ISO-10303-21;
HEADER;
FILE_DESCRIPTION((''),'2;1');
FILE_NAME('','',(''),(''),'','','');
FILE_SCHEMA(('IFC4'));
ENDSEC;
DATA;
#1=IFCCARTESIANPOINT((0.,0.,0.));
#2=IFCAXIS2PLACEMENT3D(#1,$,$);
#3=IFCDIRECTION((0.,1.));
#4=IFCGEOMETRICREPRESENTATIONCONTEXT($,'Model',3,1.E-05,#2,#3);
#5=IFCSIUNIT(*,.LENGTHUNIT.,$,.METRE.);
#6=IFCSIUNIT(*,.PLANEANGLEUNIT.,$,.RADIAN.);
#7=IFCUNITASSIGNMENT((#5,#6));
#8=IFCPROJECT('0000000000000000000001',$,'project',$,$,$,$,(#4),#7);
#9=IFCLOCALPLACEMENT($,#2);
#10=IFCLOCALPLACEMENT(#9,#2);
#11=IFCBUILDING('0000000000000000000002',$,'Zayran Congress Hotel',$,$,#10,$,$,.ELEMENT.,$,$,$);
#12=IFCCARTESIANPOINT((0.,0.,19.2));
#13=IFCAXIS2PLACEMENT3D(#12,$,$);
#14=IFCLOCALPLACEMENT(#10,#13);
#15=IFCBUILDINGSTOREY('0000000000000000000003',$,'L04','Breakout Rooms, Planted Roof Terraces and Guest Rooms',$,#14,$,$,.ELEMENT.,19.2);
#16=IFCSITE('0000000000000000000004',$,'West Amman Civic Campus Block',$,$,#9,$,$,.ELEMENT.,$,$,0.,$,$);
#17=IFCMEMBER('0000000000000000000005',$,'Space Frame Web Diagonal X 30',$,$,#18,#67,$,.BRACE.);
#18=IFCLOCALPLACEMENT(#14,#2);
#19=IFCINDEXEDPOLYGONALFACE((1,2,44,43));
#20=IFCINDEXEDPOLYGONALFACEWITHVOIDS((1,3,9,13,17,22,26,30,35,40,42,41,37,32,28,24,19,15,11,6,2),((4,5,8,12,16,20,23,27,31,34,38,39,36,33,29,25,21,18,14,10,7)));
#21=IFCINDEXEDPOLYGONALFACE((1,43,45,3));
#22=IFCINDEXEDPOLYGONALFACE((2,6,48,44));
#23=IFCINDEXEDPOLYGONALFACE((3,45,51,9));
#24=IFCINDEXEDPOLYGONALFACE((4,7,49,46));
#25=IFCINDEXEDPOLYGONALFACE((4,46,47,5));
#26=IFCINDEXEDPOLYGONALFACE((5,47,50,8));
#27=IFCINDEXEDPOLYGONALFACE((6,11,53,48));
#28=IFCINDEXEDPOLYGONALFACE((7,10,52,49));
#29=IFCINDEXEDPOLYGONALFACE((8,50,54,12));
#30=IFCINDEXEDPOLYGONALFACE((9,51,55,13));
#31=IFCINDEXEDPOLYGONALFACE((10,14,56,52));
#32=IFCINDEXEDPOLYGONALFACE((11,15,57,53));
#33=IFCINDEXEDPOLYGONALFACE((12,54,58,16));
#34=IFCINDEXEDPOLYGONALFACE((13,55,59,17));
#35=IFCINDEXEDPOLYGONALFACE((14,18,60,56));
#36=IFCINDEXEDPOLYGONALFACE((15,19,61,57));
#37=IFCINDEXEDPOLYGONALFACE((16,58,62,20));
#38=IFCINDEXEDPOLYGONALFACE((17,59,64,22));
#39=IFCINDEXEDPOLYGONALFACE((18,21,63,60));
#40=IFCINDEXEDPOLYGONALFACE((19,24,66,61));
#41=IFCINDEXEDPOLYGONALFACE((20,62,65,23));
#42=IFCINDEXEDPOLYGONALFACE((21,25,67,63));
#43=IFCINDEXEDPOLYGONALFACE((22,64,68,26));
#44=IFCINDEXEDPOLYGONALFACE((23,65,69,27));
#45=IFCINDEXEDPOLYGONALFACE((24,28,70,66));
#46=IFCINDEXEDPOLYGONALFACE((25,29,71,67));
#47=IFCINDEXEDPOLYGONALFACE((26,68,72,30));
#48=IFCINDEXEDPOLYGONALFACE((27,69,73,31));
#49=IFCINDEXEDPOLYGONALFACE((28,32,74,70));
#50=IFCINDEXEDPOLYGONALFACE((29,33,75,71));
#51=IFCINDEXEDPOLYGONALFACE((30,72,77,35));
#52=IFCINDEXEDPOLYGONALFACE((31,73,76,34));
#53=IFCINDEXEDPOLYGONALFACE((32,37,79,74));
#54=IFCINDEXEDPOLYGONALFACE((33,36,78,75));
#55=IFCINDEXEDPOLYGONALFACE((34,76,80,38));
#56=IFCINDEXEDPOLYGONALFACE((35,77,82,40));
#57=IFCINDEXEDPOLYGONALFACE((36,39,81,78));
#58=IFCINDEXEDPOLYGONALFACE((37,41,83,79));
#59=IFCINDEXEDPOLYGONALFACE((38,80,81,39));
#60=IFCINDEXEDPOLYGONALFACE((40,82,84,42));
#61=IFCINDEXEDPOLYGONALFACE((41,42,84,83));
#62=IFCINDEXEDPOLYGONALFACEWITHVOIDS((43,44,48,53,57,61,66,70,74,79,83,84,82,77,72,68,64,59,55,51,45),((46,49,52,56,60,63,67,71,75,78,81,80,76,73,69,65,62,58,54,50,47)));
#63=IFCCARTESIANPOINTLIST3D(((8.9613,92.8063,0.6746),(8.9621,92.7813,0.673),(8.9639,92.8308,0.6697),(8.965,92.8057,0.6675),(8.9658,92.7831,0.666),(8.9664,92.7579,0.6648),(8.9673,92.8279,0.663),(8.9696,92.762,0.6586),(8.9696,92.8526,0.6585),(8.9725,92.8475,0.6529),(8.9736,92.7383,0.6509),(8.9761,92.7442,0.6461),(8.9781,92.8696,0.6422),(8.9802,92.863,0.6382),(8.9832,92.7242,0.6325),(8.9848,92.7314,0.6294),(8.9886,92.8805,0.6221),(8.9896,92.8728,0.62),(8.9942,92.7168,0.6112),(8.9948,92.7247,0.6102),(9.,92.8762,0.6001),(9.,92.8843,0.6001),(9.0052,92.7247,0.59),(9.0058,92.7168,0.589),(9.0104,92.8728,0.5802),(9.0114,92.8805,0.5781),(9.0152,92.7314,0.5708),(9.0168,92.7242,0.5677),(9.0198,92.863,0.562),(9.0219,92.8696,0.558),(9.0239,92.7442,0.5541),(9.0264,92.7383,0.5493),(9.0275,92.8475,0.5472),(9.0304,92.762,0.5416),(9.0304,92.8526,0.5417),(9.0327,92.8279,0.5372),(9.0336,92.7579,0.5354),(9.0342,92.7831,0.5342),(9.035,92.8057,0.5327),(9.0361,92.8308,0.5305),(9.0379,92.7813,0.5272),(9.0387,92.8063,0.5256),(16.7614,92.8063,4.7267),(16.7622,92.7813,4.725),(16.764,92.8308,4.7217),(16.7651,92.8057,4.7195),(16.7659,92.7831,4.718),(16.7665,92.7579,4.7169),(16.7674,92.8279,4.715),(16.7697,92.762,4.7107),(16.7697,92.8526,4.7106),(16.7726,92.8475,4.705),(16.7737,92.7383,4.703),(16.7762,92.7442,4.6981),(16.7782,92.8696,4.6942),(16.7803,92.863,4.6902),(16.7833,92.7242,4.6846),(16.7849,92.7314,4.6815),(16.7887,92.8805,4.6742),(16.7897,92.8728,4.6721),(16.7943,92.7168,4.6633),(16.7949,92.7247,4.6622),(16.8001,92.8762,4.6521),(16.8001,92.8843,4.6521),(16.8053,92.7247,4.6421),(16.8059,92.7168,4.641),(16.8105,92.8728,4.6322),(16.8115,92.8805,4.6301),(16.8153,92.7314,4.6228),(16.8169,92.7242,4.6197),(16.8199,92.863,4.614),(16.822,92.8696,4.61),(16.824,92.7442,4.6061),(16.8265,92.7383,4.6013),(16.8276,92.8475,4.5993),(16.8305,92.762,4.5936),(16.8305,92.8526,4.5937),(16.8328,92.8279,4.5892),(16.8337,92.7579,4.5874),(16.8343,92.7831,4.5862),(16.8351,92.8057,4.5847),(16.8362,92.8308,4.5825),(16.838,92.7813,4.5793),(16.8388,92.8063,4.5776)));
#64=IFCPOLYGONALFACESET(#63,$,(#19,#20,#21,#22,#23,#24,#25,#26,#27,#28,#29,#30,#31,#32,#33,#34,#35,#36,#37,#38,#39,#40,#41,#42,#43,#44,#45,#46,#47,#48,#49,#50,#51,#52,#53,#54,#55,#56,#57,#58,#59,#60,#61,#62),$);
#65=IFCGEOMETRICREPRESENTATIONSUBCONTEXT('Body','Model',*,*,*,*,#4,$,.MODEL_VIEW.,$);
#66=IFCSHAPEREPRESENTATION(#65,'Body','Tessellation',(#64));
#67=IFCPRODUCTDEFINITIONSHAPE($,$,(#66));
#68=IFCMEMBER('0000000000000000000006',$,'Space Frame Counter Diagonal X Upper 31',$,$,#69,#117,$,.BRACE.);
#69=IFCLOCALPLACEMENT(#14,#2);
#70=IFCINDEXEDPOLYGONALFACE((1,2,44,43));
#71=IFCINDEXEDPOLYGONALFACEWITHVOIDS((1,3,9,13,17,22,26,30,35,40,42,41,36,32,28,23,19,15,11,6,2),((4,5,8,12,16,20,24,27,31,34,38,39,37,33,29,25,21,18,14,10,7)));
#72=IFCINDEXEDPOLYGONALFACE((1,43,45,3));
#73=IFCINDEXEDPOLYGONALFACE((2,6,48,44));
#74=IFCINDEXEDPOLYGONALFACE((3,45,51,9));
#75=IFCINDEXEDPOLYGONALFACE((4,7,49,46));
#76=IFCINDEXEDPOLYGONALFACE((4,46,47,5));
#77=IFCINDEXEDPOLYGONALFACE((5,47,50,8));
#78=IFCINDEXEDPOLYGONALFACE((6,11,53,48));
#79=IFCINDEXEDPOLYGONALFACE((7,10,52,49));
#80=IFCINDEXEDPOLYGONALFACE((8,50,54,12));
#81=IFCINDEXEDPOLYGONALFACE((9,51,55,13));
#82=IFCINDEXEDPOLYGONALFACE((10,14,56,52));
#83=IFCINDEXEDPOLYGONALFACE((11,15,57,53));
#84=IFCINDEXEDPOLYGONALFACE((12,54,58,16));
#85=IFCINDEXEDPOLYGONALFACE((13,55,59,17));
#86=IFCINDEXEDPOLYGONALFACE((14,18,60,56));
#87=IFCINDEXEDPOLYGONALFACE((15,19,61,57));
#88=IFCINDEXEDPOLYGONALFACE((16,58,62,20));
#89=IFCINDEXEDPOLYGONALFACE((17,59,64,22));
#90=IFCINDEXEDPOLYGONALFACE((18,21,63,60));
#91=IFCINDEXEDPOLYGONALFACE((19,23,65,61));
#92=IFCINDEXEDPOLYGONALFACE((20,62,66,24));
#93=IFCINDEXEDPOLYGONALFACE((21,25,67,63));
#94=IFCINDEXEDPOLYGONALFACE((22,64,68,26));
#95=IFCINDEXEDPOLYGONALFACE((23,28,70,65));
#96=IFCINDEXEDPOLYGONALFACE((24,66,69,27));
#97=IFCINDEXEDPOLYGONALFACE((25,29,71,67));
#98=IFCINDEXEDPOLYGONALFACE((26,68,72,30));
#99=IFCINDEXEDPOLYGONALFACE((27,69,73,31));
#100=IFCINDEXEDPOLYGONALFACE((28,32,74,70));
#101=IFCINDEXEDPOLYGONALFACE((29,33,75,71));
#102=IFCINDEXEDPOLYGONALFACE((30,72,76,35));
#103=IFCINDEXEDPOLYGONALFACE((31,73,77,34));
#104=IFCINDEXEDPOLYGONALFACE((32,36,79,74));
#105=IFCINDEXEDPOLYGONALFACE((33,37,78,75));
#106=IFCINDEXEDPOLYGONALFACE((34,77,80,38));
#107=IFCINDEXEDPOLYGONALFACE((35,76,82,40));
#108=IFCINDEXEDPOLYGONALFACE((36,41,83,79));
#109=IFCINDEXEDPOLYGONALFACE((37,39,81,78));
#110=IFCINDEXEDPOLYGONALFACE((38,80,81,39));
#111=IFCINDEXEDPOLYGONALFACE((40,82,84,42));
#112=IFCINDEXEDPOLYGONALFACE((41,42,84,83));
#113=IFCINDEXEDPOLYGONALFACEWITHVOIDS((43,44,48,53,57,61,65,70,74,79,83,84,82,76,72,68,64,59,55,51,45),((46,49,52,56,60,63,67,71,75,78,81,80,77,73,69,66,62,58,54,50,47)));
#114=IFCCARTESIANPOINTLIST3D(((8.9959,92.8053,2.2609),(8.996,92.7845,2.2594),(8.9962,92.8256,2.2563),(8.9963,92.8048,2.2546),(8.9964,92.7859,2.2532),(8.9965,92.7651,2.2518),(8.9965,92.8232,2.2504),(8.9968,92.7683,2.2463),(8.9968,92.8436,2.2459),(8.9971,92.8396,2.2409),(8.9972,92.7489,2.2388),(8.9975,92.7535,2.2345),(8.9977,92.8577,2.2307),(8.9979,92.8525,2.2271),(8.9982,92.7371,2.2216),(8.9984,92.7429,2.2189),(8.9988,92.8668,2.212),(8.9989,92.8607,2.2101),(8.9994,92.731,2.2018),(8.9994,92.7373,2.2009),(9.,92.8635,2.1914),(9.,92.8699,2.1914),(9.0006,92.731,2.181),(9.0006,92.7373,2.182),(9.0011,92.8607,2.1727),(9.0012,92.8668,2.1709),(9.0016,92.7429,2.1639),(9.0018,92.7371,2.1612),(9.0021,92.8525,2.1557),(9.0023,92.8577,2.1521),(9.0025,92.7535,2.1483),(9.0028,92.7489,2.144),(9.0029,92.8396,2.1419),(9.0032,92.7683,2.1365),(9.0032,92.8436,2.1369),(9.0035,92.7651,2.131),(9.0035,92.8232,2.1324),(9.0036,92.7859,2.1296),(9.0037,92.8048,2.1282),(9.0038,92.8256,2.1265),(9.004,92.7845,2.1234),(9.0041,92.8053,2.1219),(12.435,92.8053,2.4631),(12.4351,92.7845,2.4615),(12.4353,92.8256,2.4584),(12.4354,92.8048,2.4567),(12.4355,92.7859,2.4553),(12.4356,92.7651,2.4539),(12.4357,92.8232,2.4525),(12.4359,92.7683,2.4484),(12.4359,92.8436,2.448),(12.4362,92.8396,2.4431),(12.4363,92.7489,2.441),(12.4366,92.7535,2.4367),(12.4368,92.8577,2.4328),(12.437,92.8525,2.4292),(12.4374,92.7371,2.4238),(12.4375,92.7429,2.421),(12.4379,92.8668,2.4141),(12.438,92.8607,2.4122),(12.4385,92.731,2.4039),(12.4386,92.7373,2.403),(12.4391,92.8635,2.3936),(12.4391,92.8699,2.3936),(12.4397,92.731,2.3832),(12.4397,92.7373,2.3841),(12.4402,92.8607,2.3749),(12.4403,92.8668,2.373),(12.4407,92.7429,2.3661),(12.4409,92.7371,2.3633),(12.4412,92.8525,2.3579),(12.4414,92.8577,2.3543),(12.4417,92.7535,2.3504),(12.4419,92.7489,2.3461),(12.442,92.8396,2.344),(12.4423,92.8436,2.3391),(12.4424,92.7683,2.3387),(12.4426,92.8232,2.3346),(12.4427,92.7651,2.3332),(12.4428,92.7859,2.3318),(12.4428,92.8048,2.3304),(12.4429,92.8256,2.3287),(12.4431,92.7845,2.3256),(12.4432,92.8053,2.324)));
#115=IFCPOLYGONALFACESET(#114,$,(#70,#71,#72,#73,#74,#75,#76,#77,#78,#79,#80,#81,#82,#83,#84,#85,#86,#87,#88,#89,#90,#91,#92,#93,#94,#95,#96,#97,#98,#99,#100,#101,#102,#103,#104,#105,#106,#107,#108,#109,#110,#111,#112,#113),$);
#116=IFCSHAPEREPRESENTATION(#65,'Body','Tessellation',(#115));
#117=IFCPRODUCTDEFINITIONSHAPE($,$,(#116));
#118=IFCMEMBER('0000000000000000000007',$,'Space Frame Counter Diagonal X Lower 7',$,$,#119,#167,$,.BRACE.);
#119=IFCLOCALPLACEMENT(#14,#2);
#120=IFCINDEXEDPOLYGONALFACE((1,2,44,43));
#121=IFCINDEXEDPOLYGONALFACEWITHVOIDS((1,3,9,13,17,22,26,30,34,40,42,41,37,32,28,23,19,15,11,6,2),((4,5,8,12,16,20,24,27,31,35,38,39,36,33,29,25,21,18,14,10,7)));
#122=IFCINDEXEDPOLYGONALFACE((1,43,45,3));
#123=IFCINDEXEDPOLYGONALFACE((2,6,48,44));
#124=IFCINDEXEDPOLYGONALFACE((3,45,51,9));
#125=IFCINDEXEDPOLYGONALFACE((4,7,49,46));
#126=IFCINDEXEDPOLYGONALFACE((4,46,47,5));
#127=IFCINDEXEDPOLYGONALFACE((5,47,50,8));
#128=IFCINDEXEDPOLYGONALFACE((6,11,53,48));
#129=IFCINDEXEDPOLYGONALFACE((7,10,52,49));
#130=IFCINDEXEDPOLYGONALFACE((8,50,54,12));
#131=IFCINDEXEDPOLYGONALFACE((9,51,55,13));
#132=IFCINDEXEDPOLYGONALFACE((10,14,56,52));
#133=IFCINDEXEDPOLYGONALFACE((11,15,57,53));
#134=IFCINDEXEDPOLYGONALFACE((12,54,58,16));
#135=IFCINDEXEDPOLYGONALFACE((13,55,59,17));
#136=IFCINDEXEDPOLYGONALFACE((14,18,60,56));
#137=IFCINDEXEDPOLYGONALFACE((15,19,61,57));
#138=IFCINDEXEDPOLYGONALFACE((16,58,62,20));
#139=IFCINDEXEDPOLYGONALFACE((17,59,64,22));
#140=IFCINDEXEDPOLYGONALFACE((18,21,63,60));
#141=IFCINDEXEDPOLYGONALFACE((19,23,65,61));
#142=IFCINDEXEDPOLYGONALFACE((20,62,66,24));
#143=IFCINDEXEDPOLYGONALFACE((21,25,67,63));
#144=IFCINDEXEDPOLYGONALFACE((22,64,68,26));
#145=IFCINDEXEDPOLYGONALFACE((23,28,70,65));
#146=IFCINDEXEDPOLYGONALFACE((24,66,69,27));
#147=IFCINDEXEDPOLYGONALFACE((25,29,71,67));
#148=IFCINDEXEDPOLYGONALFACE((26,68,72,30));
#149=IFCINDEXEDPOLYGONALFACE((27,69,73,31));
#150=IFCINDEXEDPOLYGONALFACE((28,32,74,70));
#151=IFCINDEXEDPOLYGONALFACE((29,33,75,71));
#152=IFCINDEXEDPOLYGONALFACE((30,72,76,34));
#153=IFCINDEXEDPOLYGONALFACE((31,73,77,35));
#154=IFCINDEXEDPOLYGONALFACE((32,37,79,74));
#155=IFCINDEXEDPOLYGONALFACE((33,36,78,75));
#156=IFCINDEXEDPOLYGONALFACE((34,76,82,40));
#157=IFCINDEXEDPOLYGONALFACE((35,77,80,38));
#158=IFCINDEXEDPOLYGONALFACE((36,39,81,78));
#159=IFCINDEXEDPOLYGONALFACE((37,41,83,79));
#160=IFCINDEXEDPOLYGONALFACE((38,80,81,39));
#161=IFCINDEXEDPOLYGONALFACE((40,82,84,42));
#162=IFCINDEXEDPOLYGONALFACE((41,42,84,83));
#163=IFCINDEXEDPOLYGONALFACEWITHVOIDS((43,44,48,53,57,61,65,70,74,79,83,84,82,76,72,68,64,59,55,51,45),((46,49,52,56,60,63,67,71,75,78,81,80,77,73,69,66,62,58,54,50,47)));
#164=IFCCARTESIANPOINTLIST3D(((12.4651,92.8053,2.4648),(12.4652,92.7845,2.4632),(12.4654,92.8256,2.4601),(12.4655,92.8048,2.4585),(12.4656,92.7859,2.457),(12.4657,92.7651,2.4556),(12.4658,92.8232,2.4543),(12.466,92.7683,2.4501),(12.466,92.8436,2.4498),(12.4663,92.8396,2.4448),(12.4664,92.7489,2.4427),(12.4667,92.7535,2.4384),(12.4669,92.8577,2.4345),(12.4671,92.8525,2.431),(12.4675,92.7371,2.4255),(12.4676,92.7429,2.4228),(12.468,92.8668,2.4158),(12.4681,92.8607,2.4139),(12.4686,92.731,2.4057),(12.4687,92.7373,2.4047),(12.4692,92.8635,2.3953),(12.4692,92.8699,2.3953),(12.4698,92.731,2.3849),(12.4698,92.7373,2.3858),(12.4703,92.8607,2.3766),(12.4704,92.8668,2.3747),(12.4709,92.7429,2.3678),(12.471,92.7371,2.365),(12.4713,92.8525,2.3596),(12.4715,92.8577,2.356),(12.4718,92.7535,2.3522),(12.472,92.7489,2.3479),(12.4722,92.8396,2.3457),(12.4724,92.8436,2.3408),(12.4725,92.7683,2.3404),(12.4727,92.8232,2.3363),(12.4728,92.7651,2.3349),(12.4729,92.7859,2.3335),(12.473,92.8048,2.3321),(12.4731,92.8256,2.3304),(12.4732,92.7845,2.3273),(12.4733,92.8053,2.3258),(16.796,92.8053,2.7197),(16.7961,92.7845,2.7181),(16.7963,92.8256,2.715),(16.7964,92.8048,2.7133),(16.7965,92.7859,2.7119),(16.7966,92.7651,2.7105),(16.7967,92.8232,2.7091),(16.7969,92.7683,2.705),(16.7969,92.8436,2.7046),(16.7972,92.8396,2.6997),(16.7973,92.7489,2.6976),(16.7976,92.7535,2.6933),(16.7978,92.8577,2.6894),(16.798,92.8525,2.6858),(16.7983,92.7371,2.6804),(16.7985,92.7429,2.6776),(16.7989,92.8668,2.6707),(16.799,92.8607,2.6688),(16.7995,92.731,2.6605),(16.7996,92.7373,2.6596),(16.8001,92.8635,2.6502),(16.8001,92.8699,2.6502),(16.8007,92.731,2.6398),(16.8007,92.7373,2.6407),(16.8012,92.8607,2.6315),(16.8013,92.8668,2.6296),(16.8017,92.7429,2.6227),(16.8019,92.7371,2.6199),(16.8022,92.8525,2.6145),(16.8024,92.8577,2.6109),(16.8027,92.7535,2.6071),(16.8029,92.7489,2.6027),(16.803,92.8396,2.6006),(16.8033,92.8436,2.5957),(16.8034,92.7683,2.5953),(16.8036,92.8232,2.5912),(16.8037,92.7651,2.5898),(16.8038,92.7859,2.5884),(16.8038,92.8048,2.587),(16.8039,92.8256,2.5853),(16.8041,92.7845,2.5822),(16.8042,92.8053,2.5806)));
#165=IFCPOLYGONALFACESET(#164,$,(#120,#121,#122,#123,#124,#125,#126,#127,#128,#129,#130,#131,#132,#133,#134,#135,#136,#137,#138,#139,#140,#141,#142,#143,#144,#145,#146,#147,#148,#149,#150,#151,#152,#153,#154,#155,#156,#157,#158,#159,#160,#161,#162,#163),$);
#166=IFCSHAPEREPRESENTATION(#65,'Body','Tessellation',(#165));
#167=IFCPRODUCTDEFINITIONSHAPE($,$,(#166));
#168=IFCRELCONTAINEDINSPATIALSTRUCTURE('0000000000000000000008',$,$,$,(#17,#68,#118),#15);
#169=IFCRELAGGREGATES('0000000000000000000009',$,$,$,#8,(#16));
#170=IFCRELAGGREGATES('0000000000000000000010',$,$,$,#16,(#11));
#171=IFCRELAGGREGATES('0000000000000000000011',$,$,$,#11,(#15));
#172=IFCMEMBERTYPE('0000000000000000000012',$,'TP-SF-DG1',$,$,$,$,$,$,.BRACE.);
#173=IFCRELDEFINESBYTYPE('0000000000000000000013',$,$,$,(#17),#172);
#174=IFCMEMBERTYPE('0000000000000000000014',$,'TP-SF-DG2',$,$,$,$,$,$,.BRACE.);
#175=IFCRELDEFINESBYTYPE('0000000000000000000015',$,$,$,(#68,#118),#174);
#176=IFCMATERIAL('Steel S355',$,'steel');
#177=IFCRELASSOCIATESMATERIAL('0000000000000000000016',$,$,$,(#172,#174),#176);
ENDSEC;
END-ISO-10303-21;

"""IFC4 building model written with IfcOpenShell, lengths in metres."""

from ifc_helpers import new_model, si_unit, direction, frame, origin, origin_2d, place, context, subcontext, project, spatial, hollow_circle, extrude, material, material_profile, profile_set, type_object, element, save


model = new_model("IFC4")

# Units and contexts
model_context = context("Model", 3, precision=1e-05, world=origin(), true_north=direction((0.0, 1.0)))
body_context = subcontext(model_context, "Body", "Model", "MODEL_VIEW")
ifc_project = project(units=[si_unit("LENGTHUNIT", "METRE"), si_unit("PLANEANGLEUNIT", "RADIAN")], contexts=[model_context])

# Site, building, storey
site_placement = place(None, origin())
site = spatial("IfcSite", under=ifc_project, at=site_placement, Name="West Amman Civic Campus Block", CompositionType="ELEMENT", RefElevation=0.0)
building_placement = place(site_placement, origin())
building = spatial("IfcBuilding", under=site, at=building_placement, Name="Zayran Congress Hotel", CompositionType="ELEMENT")
storey_placement = place(building_placement, frame((0.0, 0.0, 19.2)))
storey = spatial("IfcBuildingStorey", under=building, at=storey_placement, Name="L04", Description="Breakout Rooms, Planted Roof Terraces and Guest Rooms", CompositionType="ELEMENT", Elevation=19.2)

# Members
ifc_material_1 = material(Name="Steel S355", Category="steel")
ifc_material_profile_1 = material_profile(ifc_material_1, hollow_circle(Radius=0.0842, WallThickness=0.0081, at=origin_2d()), Name="CHS 168.3x8")
ifc_profile_set_1 = profile_set([ifc_material_profile_1], Name="Steel S355")
member_type_1 = type_object("IfcMemberType", Name="TP-SF-DG1", PredefinedType="BRACE", material=ifc_profile_set_1)
member_1_placement = place(storey_placement, frame((9.0, 92.8, 0.6001), z_axis=(0.887404, 0.0, 0.460992), x_axis=(0.0, 1.0, 0.0)))
element("IfcMember", 1, at=member_1_placement, inside=storey, type_object=member_type_1, Name="Space Frame Web Diagonal X 30", PredefinedType="BRACE", context=body_context, shape_type="SweptSolid", body=[
    extrude(hollow_circle(Radius=0.0842, WallThickness=0.0081, at=origin_2d()), origin(), (0.0, 0.0, 1.0), 8.7898),
])
ifc_material_profile_2 = material_profile(ifc_material_1, hollow_circle(Radius=0.0698, WallThickness=0.0063, at=origin_2d()), Name="CHS 139.7x6.3")
ifc_profile_set_2 = profile_set([ifc_material_profile_2], Name="Steel S355")
member_type_2 = type_object("IfcMemberType", Name="TP-SF-DG2", PredefinedType="BRACE", material=ifc_profile_set_2)
member_2_placement = place(storey_placement, frame((9.0, 92.8, 2.1914), z_axis=(0.998277, 0.0, 0.058676), x_axis=(0.0, 1.0, 0.0)))
element("IfcMember", 2, at=member_2_placement, inside=storey, type_object=member_type_2, Name="Space Frame Counter Diagonal X Upper 31", PredefinedType="BRACE", context=body_context, shape_type="SweptSolid", body=[
    extrude(hollow_circle(Radius=0.0698, WallThickness=0.0063, at=origin_2d()), origin(), (0.0, 0.0, 1.0), 3.4451),
])
member_3_placement = place(storey_placement, frame((12.4692, 92.8, 2.3953), z_axis=(0.998273, 0.0, 0.058752), x_axis=(0.0, 1.0, 0.0)))
element("IfcMember", 3, at=member_3_placement, inside=storey, type_object=member_type_2, Name="Space Frame Counter Diagonal X Lower 7", PredefinedType="BRACE", context=body_context, shape_type="SweptSolid", body=[
    extrude(hollow_circle(Radius=0.0698, WallThickness=0.0063, at=origin_2d()), origin(), (0.0, 0.0, 1.0), 4.3384),
])

save(model, "model.ifc")
